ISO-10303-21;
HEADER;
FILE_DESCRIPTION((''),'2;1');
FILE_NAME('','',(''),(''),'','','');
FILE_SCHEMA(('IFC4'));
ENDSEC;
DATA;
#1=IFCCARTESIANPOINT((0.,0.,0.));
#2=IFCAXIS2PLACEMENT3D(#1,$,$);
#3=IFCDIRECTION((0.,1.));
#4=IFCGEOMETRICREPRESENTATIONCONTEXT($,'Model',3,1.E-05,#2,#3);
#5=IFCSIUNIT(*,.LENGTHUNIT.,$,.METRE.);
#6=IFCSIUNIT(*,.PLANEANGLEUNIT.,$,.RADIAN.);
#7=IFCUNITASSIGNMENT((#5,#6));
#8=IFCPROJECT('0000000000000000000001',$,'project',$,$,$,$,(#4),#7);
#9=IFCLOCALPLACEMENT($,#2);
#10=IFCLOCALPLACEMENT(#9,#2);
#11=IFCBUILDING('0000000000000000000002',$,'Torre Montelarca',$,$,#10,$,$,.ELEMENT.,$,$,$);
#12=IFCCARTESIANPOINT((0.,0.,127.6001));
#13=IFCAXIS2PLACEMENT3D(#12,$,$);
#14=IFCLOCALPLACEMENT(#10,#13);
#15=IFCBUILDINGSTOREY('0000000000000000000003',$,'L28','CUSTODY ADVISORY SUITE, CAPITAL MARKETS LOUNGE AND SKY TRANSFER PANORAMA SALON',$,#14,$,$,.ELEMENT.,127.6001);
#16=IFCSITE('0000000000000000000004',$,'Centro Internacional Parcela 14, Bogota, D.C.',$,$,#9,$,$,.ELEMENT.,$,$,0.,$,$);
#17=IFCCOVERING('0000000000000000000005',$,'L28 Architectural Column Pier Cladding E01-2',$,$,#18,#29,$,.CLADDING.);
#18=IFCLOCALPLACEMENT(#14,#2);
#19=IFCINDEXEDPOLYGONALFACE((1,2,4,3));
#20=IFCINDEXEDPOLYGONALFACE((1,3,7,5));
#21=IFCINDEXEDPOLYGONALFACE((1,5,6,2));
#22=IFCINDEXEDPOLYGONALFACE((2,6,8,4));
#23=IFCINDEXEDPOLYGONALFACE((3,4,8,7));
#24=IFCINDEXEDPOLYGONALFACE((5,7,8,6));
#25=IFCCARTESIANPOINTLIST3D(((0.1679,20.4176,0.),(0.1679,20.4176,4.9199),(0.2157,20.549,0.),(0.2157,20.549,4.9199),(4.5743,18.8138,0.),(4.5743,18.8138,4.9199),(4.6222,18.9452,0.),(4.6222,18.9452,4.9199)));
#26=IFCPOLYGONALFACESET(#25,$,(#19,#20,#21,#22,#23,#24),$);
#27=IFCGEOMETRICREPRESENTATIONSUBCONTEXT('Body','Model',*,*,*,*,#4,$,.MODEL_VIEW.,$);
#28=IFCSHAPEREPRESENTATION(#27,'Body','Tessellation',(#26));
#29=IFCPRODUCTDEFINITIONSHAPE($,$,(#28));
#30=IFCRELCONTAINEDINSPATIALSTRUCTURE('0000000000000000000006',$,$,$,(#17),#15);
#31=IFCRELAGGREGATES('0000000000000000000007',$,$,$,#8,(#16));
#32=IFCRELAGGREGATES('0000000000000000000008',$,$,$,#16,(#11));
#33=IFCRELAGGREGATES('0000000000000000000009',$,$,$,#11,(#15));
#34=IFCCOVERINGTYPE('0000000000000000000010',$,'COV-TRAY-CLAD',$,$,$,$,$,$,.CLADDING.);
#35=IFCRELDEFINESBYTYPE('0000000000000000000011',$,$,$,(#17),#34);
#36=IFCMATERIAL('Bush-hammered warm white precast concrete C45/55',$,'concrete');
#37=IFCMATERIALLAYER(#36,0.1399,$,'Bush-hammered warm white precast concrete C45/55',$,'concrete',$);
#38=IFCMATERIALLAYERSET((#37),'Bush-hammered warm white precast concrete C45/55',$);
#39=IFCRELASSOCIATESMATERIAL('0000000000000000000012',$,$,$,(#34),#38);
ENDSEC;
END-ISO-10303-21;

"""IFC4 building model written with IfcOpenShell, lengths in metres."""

from ifc_helpers import new_model, si_unit, direction, frame, origin, origin_2d, place, context, subcontext, project, spatial, rectangle, extrude, source, transform, mapped, material, layer, layer_set, type_object, element, save


model = new_model("IFC4")

# Units and contexts
model_context = context("Model", 3, precision=1e-05, world=origin(), true_north=direction((0.0, 1.0)))
body_context = subcontext(model_context, "Body", "Model", "MODEL_VIEW")
ifc_project = project(units=[si_unit("LENGTHUNIT", "METRE"), si_unit("PLANEANGLEUNIT", "RADIAN")], contexts=[model_context])

# Site, building, storey
site_placement = place(None, origin())
site = spatial("IfcSite", under=ifc_project, at=site_placement, Name="Centro Internacional Parcela 14, Bogota, D.C.", CompositionType="ELEMENT", RefElevation=0.0)
building_placement = place(site_placement, origin())
building = spatial("IfcBuilding", under=site, at=building_placement, Name="Torre Montelarca", CompositionType="ELEMENT")
storey_placement = place(building_placement, frame((0.0, 0.0, 127.6001)))
storey = spatial("IfcBuildingStorey", under=building, at=storey_placement, Name="L28", Description="CUSTODY ADVISORY SUITE, CAPITAL MARKETS LOUNGE AND SKY TRANSFER PANORAMA SALON", CompositionType="ELEMENT", Elevation=127.6001)

# Covering
ifc_material_1 = material(Name="Bush-hammered warm white precast concrete C45/55", Category="concrete")
ifc_layer_1 = layer(ifc_material_1, 0.1399, Name="Bush-hammered warm white precast concrete C45/55", Category="concrete")
ifc_layer_set_1 = layer_set([ifc_layer_1], Name="Bush-hammered warm white precast concrete C45/55")
covering_type = type_object("IfcCoveringType", Name="COV-TRAY-CLAD", PredefinedType="CLADDING", material=ifc_layer_set_1)
shared_shape_1 = source(origin(), body_context, "Body", "SweptSolid", [
    extrude(rectangle(XDim=4.6892, YDim=0.1399, at=origin_2d()), origin(), (0.0, 0.0, 1.0), 4.9199),
])
covering_placement = place(storey_placement, frame((2.395, 19.6814, 0.0), z_axis=(0.0, 0.0, 1.0), x_axis=(0.939694, -0.342017, 0.0)))
element("IfcCovering", 1, at=covering_placement, inside=storey, type_object=covering_type, Name="L28 Architectural Column Pier Cladding E01-2", PredefinedType="CLADDING", context=body_context, shape_type="MappedRepresentation", body=[
    mapped(shared_shape_1, transform((0.0, 0.0, 0.0), scale=1.0)),
])

save(model, "model.ifc")
